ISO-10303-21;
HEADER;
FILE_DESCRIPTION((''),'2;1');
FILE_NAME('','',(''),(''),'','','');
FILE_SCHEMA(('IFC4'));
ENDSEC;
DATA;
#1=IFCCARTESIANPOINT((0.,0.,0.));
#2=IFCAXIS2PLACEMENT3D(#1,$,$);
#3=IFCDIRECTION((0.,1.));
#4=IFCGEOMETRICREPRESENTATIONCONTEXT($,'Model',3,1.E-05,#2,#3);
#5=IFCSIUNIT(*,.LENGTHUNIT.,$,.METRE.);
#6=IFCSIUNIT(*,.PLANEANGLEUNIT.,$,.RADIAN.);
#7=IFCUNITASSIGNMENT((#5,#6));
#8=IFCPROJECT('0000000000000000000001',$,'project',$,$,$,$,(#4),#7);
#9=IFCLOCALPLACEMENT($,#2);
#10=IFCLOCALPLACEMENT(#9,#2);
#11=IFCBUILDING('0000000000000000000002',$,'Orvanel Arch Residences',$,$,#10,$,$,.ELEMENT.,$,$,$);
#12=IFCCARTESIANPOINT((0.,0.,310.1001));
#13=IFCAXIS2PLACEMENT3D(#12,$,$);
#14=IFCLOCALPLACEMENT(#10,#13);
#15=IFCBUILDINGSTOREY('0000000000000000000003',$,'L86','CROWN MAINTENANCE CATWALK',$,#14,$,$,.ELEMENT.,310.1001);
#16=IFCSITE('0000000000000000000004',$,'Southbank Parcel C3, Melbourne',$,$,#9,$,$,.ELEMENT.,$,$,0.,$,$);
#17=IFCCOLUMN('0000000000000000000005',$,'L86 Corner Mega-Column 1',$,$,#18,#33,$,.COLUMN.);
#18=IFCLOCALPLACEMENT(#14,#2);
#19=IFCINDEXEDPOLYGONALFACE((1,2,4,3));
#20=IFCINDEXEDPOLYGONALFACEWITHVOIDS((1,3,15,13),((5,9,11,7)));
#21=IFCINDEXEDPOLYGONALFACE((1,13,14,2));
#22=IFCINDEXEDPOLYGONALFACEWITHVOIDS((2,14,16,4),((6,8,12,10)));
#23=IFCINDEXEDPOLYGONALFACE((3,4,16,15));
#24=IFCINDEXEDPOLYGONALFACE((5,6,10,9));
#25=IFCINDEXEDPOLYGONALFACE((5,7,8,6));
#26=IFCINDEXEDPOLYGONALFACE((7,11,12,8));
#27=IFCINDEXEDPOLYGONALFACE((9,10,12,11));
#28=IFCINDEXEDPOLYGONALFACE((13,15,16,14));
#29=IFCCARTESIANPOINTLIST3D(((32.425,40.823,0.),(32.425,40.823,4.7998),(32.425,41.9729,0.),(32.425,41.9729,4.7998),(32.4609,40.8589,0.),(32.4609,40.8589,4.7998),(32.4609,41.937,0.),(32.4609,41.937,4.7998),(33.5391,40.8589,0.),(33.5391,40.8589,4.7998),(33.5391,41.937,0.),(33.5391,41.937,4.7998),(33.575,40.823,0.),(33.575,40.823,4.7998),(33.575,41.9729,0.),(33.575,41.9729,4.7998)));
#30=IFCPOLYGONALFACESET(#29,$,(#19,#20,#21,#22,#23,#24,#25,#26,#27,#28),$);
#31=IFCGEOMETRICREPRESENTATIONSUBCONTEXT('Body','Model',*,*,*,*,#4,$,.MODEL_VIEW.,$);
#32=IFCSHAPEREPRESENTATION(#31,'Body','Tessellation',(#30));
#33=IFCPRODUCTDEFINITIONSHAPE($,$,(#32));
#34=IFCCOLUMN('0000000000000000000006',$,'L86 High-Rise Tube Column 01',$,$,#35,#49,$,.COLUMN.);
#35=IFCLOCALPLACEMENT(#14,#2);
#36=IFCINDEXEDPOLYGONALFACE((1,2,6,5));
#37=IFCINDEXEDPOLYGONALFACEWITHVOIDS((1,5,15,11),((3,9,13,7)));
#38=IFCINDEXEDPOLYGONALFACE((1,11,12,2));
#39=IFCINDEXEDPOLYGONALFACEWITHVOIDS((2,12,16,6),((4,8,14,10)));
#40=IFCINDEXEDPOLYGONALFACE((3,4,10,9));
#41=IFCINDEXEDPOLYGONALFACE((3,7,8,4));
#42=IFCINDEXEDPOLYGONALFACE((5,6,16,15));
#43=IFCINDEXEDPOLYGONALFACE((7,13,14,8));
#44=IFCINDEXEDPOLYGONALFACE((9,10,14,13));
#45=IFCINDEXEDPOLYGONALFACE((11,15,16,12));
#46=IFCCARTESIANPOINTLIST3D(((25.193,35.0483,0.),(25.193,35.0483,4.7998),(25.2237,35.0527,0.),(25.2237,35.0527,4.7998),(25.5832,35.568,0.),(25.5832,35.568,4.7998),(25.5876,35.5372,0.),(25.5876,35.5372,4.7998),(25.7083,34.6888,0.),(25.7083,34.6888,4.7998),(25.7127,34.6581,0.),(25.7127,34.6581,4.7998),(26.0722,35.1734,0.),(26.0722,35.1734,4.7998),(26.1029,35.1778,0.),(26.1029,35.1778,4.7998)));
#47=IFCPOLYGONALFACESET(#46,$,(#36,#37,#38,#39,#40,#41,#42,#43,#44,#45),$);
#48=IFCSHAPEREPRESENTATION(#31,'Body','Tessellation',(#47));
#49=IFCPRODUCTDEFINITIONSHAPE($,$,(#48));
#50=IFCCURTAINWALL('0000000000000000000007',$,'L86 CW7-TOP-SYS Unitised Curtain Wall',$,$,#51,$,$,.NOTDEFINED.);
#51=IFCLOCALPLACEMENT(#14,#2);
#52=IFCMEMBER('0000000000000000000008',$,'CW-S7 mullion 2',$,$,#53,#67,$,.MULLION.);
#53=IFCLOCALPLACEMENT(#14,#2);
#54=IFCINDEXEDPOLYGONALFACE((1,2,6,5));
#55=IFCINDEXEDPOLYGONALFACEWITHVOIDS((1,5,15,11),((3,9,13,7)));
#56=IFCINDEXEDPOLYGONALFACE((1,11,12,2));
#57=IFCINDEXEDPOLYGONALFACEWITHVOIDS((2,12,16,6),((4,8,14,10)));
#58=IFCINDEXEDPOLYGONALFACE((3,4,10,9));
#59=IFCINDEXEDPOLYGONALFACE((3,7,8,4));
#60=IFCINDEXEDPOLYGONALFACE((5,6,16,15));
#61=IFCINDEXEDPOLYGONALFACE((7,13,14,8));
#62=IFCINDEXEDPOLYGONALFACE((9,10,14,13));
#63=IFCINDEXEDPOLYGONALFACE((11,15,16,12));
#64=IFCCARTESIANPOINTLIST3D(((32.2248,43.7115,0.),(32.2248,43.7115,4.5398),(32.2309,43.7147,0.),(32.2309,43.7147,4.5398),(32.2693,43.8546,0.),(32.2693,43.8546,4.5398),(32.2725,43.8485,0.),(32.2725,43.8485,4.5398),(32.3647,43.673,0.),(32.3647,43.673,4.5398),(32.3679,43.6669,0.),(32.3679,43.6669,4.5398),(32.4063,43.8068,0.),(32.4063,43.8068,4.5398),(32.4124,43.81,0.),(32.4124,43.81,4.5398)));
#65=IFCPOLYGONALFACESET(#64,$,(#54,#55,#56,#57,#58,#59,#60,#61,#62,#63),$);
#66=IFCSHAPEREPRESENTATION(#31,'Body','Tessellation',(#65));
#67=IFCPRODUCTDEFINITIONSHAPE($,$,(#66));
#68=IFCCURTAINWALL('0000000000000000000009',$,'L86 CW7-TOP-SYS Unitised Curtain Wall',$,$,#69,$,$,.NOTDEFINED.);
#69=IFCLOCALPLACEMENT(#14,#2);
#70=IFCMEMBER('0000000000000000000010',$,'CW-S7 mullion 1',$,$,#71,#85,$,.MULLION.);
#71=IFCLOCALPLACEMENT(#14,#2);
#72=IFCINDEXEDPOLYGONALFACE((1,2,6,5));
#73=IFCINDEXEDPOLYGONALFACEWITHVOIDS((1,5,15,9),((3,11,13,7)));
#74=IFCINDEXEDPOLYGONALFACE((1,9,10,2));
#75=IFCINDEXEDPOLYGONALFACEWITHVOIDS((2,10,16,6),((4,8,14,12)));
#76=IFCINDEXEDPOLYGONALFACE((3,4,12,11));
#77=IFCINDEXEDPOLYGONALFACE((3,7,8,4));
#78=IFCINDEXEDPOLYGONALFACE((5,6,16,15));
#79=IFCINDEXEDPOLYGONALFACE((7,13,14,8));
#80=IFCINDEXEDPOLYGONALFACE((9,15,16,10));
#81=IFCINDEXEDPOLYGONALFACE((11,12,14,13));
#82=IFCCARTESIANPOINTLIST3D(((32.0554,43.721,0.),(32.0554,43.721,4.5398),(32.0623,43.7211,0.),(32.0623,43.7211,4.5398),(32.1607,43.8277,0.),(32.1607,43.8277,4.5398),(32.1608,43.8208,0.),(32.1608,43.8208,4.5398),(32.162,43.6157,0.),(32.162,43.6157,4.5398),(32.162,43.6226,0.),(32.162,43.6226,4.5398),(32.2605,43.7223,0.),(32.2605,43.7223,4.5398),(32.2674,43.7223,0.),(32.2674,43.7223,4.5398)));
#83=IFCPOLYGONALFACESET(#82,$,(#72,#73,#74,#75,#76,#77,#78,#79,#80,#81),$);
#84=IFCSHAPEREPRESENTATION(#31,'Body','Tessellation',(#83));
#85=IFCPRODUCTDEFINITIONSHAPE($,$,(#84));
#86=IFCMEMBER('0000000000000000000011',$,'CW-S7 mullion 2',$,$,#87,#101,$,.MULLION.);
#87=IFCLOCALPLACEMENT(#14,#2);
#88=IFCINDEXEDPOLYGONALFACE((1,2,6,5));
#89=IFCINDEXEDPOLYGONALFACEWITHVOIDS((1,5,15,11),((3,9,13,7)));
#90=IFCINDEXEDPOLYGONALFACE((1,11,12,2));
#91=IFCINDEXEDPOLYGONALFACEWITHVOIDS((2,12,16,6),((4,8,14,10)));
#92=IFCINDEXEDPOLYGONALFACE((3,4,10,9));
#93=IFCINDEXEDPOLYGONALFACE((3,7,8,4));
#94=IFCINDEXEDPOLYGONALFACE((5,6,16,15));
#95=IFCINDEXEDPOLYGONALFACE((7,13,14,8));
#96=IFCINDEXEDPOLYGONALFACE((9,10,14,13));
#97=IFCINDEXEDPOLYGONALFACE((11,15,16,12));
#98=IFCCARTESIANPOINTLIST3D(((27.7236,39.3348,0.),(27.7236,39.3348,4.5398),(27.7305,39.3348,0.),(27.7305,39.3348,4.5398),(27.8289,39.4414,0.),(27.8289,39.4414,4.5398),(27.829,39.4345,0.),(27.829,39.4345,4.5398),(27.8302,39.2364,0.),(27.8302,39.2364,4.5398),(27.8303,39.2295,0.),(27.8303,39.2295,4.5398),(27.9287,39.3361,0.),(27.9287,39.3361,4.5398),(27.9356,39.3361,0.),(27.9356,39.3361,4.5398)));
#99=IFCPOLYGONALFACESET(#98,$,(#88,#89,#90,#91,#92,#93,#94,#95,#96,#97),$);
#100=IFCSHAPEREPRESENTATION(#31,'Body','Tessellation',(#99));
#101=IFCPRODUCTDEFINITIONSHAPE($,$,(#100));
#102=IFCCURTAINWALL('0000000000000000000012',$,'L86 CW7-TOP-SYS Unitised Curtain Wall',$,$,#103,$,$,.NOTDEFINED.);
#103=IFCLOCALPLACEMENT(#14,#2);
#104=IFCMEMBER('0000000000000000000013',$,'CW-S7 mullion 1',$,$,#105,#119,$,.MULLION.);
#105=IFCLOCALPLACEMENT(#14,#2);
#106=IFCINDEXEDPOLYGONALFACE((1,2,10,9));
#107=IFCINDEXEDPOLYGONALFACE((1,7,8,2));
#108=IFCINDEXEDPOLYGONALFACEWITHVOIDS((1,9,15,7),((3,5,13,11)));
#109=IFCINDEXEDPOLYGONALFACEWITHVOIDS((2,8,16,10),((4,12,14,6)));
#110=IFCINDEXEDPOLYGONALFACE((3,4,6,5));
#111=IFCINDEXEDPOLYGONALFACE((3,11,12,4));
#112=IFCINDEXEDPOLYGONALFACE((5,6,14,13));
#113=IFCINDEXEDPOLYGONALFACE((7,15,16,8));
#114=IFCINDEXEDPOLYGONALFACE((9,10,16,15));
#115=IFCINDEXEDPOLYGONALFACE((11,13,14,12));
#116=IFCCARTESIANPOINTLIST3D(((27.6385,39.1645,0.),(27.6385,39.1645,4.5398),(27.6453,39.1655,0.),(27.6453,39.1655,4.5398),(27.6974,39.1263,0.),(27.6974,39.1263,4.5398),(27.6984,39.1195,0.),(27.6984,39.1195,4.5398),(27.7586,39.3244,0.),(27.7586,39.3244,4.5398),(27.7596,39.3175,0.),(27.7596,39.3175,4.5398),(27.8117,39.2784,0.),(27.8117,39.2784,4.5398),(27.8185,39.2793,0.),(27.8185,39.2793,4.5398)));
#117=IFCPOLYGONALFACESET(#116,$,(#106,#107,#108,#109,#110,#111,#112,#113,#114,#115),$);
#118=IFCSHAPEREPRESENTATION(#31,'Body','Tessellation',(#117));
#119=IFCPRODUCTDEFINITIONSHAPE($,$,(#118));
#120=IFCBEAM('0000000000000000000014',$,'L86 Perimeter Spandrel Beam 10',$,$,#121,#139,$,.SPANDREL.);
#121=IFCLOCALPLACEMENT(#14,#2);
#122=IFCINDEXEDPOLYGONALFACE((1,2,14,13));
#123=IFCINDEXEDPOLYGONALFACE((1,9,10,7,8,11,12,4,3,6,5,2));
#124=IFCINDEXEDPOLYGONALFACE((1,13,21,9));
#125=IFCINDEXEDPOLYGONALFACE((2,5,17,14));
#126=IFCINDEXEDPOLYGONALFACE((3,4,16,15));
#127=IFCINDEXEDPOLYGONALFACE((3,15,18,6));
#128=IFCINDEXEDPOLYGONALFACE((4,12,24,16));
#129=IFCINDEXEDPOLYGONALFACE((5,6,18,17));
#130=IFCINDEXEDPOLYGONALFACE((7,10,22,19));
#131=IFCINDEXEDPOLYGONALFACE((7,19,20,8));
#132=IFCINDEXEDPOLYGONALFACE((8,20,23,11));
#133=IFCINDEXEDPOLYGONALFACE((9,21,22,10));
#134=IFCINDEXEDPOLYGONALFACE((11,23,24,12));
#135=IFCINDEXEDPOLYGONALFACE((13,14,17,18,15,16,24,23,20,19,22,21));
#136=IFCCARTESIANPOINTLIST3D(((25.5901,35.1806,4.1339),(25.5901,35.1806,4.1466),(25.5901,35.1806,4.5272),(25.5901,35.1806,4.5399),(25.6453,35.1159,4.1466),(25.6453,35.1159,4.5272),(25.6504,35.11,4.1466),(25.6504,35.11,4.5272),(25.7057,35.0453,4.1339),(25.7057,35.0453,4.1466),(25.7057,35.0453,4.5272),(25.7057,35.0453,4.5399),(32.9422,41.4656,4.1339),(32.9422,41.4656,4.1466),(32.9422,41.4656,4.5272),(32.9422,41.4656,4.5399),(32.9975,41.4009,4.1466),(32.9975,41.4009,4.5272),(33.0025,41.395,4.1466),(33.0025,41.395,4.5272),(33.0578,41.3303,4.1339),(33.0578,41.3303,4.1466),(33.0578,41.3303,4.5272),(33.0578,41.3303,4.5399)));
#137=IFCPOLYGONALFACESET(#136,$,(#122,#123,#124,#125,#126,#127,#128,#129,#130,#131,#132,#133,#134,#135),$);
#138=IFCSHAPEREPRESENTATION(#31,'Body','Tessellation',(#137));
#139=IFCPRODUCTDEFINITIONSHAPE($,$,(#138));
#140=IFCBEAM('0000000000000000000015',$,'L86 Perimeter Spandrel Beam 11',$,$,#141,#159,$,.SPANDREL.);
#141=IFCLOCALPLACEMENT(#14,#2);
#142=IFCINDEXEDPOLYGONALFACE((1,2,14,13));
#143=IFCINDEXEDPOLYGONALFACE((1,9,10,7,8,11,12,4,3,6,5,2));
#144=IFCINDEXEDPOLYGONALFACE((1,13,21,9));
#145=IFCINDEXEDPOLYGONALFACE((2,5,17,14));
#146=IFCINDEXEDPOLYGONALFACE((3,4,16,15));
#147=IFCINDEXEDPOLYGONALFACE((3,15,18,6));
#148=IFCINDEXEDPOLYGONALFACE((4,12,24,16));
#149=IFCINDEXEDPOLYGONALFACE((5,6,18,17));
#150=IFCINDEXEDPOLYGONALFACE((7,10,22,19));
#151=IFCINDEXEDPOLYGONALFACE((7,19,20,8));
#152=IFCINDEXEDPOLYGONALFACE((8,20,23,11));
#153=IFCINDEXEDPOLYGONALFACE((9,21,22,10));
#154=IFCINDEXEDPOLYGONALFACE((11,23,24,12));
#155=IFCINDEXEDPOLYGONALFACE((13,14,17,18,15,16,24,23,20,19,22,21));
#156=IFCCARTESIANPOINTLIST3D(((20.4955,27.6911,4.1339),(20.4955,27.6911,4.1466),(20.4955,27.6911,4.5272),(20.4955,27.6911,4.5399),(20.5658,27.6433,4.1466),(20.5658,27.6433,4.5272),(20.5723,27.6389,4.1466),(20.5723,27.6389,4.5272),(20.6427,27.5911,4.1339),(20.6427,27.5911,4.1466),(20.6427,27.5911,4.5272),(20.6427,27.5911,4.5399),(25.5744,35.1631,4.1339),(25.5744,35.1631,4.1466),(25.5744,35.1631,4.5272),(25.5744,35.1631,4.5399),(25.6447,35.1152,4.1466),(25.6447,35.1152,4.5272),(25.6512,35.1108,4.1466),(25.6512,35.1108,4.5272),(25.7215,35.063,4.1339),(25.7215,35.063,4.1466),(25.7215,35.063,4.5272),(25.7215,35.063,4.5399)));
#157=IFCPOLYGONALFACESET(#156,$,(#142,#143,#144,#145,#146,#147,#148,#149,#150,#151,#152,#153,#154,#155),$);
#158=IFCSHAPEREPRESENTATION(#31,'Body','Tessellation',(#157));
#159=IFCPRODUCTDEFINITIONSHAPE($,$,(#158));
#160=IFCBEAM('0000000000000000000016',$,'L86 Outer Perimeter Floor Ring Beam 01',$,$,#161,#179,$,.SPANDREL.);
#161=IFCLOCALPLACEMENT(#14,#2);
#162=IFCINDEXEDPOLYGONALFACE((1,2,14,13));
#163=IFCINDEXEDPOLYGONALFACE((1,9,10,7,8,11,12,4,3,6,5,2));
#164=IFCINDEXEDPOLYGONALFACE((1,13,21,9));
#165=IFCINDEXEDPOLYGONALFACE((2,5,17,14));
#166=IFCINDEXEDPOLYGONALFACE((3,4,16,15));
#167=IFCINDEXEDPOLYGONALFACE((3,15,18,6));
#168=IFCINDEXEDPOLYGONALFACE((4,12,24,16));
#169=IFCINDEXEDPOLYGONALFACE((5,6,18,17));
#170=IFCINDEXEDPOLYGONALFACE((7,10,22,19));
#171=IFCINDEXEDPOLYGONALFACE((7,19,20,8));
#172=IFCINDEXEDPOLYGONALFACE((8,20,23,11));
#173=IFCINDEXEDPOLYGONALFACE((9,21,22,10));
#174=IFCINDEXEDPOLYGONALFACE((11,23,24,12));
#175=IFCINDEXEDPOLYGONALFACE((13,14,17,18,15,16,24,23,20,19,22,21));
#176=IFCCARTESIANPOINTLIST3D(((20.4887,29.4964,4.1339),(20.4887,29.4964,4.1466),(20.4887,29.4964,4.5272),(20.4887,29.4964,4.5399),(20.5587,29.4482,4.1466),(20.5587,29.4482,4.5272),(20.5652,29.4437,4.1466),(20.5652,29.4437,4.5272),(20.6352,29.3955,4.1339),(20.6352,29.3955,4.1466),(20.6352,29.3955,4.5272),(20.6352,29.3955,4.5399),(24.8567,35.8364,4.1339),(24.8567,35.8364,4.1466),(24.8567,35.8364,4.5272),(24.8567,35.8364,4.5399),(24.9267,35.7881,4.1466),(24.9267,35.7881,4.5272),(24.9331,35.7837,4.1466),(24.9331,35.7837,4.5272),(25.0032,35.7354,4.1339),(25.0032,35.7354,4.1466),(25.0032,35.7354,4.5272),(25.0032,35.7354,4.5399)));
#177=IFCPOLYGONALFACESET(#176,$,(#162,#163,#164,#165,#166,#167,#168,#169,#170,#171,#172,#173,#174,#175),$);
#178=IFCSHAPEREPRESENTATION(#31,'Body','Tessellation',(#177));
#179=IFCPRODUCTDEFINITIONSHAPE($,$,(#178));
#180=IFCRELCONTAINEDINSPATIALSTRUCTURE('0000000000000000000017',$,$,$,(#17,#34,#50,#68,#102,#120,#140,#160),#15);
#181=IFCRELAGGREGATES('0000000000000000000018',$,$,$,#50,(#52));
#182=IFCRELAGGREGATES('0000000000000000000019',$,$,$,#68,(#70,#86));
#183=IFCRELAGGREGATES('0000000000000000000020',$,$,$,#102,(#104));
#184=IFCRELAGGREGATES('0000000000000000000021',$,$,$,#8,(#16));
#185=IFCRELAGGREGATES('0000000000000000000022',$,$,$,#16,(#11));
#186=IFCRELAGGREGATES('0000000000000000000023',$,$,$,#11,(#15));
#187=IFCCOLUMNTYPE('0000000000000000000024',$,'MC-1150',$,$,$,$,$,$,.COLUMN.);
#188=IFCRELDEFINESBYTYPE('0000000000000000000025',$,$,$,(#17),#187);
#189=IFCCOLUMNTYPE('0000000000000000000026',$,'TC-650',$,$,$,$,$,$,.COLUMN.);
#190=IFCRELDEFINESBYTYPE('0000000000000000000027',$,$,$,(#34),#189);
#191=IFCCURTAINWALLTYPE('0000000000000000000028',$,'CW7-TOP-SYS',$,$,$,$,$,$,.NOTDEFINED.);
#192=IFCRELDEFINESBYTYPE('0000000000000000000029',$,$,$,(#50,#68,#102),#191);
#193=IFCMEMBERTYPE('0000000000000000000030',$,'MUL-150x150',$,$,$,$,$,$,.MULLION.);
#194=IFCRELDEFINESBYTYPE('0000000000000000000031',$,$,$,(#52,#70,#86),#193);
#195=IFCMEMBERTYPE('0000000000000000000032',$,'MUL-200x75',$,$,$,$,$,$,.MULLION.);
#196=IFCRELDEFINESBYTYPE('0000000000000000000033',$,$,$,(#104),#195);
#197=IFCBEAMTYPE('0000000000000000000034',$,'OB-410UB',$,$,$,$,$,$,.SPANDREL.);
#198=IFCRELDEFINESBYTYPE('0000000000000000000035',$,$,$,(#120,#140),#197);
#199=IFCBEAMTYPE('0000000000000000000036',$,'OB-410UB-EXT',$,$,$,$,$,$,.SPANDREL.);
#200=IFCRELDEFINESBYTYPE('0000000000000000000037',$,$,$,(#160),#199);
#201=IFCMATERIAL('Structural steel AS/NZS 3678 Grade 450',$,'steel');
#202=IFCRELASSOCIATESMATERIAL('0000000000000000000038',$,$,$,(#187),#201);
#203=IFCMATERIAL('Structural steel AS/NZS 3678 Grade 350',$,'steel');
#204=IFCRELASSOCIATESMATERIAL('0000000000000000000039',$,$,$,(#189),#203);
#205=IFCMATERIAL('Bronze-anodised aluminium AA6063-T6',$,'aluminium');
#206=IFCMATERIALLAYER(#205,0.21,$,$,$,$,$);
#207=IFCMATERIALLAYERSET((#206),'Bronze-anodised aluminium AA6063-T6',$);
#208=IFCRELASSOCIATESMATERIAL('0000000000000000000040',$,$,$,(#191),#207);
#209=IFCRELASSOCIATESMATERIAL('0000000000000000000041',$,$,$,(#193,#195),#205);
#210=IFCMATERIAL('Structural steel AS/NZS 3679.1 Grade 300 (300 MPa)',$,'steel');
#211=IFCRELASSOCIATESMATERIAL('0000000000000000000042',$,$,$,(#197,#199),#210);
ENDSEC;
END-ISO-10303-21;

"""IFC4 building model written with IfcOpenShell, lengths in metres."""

from ifc_helpers import new_model, si_unit, direction, frame, origin, origin_2d, place, context, subcontext, project, spatial, hollow_rectangle, i_section, extrude, material, layer, layer_set, material_profile, profile_set, type_object, element, aggregate, save


model = new_model("IFC4")

# Units and contexts
model_context = context("Model", 3, precision=1e-05, world=origin(), true_north=direction((0.0, 1.0)))
body_context = subcontext(model_context, "Body", "Model", "MODEL_VIEW")
ifc_project = project(units=[si_unit("LENGTHUNIT", "METRE"), si_unit("PLANEANGLEUNIT", "RADIAN")], contexts=[model_context])

# Site, building, storey
site_placement = place(None, origin())
site = spatial("IfcSite", under=ifc_project, at=site_placement, Name="Southbank Parcel C3, Melbourne", CompositionType="ELEMENT", RefElevation=0.0)
building_placement = place(site_placement, origin())
building = spatial("IfcBuilding", under=site, at=building_placement, Name="Orvanel Arch Residences", CompositionType="ELEMENT")
storey_placement = place(building_placement, frame((0.0, 0.0, 310.1001)))
storey = spatial("IfcBuildingStorey", under=building, at=storey_placement, Name="L86", Description="CROWN MAINTENANCE CATWALK", CompositionType="ELEMENT", Elevation=310.1001)

# Columns
ifc_material_1 = material(Name="Structural steel AS/NZS 3678 Grade 450", Category="steel")
ifc_material_profile_1 = material_profile(ifc_material_1, hollow_rectangle(XDim=1.1499, YDim=1.1499, WallThickness=0.0359, at=origin_2d()), Name="BOX1150x1150x36")
ifc_profile_set_1 = profile_set([ifc_material_profile_1], Name="Structural steel AS/NZS 3678 Grade 450")
column_type_1 = type_object("IfcColumnType", Name="MC-1150", PredefinedType="COLUMN", material=ifc_profile_set_1)
column_1_placement = place(storey_placement, frame((33.0, 41.3979, 0.0), z_axis=(0.0, 0.0, 1.0), x_axis=(1.0, 0.0, 0.0)))
element("IfcColumn", 1, at=column_1_placement, inside=storey, type_object=column_type_1, Name="L86 Corner Mega-Column 1", PredefinedType="COLUMN", context=body_context, shape_type="SweptSolid", body=[
    extrude(hollow_rectangle(XDim=1.1499, YDim=1.1499, WallThickness=0.0359, at=origin_2d()), origin(), (0.0, 0.0, 1.0), 4.7998),
])
ifc_material_2 = material(Name="Structural steel AS/NZS 3678 Grade 350", Category="steel")
ifc_material_profile_2 = material_profile(ifc_material_2, hollow_rectangle(XDim=0.6499, YDim=0.6499, WallThickness=0.022, at=origin_2d()), Name="BOX650x650x22")
ifc_profile_set_2 = profile_set([ifc_material_profile_2], Name="Structural steel AS/NZS 3678 Grade 350")
column_type_2 = type_object("IfcColumnType", Name="TC-650", PredefinedType="COLUMN", material=ifc_profile_set_2)
column_2_placement = place(storey_placement, frame((25.6479, 35.113, 0.0), z_axis=(0.0, 0.0, 1.0), x_axis=(0.60042, 0.799685, 0.0)))
element("IfcColumn", 2, at=column_2_placement, inside=storey, type_object=column_type_2, Name="L86 High-Rise Tube Column 01", PredefinedType="COLUMN", context=body_context, shape_type="SweptSolid", body=[
    extrude(hollow_rectangle(XDim=0.6499, YDim=0.6499, WallThickness=0.022, at=origin_2d()), origin(), (0.0, 0.0, 1.0), 4.7998),
])

# Curtain wall, member
ifc_material_3 = material(Name="Bronze-anodised aluminium AA6063-T6", Category="aluminium")
ifc_layer_1 = layer(ifc_material_3, 0.21)
ifc_layer_set_1 = layer_set([ifc_layer_1], Name="Bronze-anodised aluminium AA6063-T6")
curtain_wall_type = type_object("IfcCurtainWallType", Name="CW7-TOP-SYS", PredefinedType="NOTDEFINED", material=ifc_layer_set_1)
curtain_wall_1_placement = place(storey_placement, origin())
curtain_wall_1 = element("IfcCurtainWall", 3, at=curtain_wall_1_placement, inside=storey, type_object=curtain_wall_type, Name="L86 CW7-TOP-SYS Unitised Curtain Wall", PredefinedType="NOTDEFINED")
ifc_material_profile_3 = material_profile(ifc_material_3, hollow_rectangle(XDim=0.1499, YDim=0.1499, WallThickness=0.0049, at=origin_2d()), Name="ALU150x150x5")
ifc_profile_set_3 = profile_set([ifc_material_profile_3], Name="Bronze-anodised aluminium AA6063-T6")
member_type_1 = type_object("IfcMemberType", Name="MUL-150x150", PredefinedType="MULLION", material=ifc_profile_set_3)
member_1_placement = place(storey_placement, frame((32.3186, 43.7607, 0.0), z_axis=(0.0, 0.0, 1.0), x_axis=(-0.297187, -0.954819, 0.0)))
member_1 = element("IfcMember", 4, at=member_1_placement, type_object=member_type_1, Name="CW-S7 mullion 2", PredefinedType="MULLION", context=body_context, shape_type="SweptSolid", body=[
    extrude(hollow_rectangle(XDim=0.1499, YDim=0.1499, WallThickness=0.0049, at=origin_2d()), origin(), (0.0, 0.0, 1.0), 4.5398),
])
aggregate(curtain_wall_1, [member_1])

# Curtain wall, members
curtain_wall_2_placement = place(storey_placement, origin())
curtain_wall_2 = element("IfcCurtainWall", 5, at=curtain_wall_2_placement, inside=storey, type_object=curtain_wall_type, Name="L86 CW7-TOP-SYS Unitised Curtain Wall", PredefinedType="NOTDEFINED")
member_2_placement = place(storey_placement, frame((32.1614, 43.7217, 0.0), z_axis=(0.0, 0.0, 1.0), x_axis=(0.711527, -0.702659, 0.0)))
member_2 = element("IfcMember", 6, at=member_2_placement, type_object=member_type_1, Name="CW-S7 mullion 1", PredefinedType="MULLION", context=body_context, shape_type="SweptSolid", body=[
    extrude(hollow_rectangle(XDim=0.1499, YDim=0.1499, WallThickness=0.0049, at=origin_2d()), origin(), (0.0, 0.0, 1.0), 4.5398),
])
member_3_placement = place(storey_placement, frame((27.8296, 39.3354, 0.0), z_axis=(0.0, 0.0, 1.0), x_axis=(0.711527, -0.702659, 0.0)))
member_3 = element("IfcMember", 7, at=member_3_placement, type_object=member_type_1, Name="CW-S7 mullion 2", PredefinedType="MULLION", context=body_context, shape_type="SweptSolid", body=[
    extrude(hollow_rectangle(XDim=0.1499, YDim=0.1499, WallThickness=0.0049, at=origin_2d()), origin(), (0.0, 0.0, 1.0), 4.5398),
])

# Curtain wall, member
curtain_wall_3_placement = place(storey_placement, origin())
curtain_wall_3 = element("IfcCurtainWall", 8, at=curtain_wall_3_placement, inside=storey, type_object=curtain_wall_type, Name="L86 CW7-TOP-SYS Unitised Curtain Wall", PredefinedType="NOTDEFINED")
ifc_material_profile_4 = material_profile(ifc_material_3, hollow_rectangle(XDim=0.075, YDim=0.2, WallThickness=0.0049, at=origin_2d()), Name="ALU200x75x5")
ifc_profile_set_4 = profile_set([ifc_material_profile_4], Name="Bronze-anodised aluminium AA6063-T6")
member_type_2 = type_object("IfcMemberType", Name="MUL-200x75", PredefinedType="MULLION", material=ifc_profile_set_4)
member_4_placement = place(storey_placement, frame((27.7285, 39.2219, 0.0), z_axis=(0.0, 0.0, 1.0), x_axis=(0.799342, -0.600876, 0.0)))
member_4 = element("IfcMember", 9, at=member_4_placement, type_object=member_type_2, Name="CW-S7 mullion 1", PredefinedType="MULLION", context=body_context, shape_type="SweptSolid", body=[
    extrude(hollow_rectangle(XDim=0.075, YDim=0.2, WallThickness=0.0049, at=origin_2d()), origin(), (0.0, 0.0, 1.0), 4.5398),
])

# Beams
ifc_material_4 = material(Name="Structural steel AS/NZS 3679.1 Grade 300 (300 MPa)", Category="steel")
ifc_material_profile_5 = material_profile(ifc_material_4, i_section(OverallWidth=0.178, OverallDepth=0.406, WebThickness=0.0078, FlangeThickness=0.0127, at=origin_2d()), Name="410UB59.7")
ifc_profile_set_5 = profile_set([ifc_material_profile_5], Name="Structural steel AS/NZS 3679.1 Grade 300 (300 MPa)")
beam_type_1 = type_object("IfcBeamType", Name="OB-410UB", PredefinedType="SPANDREL", material=ifc_profile_set_5)
beam_1_placement = place(storey_placement, frame((33.0, 41.3979, 4.3369), z_axis=(-0.760117, -0.649787, 0.0), x_axis=(0.649787, -0.760117, 0.0)))
element("IfcBeam", 10, at=beam_1_placement, inside=storey, type_object=beam_type_1, Name="L86 Perimeter Spandrel Beam 10", PredefinedType="SPANDREL", context=body_context, shape_type="SweptSolid", body=[
    extrude(i_section(OverallWidth=0.178, OverallDepth=0.406, WebThickness=0.0078, FlangeThickness=0.0127, at=origin_2d()), origin(), (0.0, 0.0, 1.0), 9.6724),
])
beam_2_placement = place(storey_placement, frame((25.6479, 35.113, 4.3369), z_axis=(-0.562155, -0.827032, 0.0), x_axis=(0.827032, -0.562155, 0.0)))
element("IfcBeam", 11, at=beam_2_placement, inside=storey, type_object=beam_type_1, Name="L86 Perimeter Spandrel Beam 11", PredefinedType="SPANDREL", context=body_context, shape_type="SweptSolid", body=[
    extrude(i_section(OverallWidth=0.178, OverallDepth=0.406, WebThickness=0.0078, FlangeThickness=0.0127, at=origin_2d()), origin(), (0.0, 0.0, 1.0), 9.0347),
])
ifc_material_profile_6 = material_profile(ifc_material_4, i_section(OverallWidth=0.178, OverallDepth=0.406, WebThickness=0.0078, FlangeThickness=0.0127, at=origin_2d()), Name="410UB59.7")
ifc_profile_set_6 = profile_set([ifc_material_profile_6], Name="Structural steel AS/NZS 3679.1 Grade 300 (300 MPa)")
beam_type_2 = type_object("IfcBeamType", Name="OB-410UB-EXT", PredefinedType="SPANDREL", material=ifc_profile_set_6)
beam_3_placement = place(storey_placement, frame((24.9299, 35.7859, 4.3369), z_axis=(-0.567347, -0.823479, 0.0), x_axis=(0.823479, -0.567347, 0.0)))
element("IfcBeam", 12, at=beam_3_placement, inside=storey, type_object=beam_type_2, Name="L86 Outer Perimeter Floor Ring Beam 01", PredefinedType="SPANDREL", context=body_context, shape_type="SweptSolid", body=[
    extrude(i_section(OverallWidth=0.178, OverallDepth=0.406, WebThickness=0.0078, FlangeThickness=0.0127, at=origin_2d()), origin(), (0.0, 0.0, 1.0), 7.699),
])

aggregate(curtain_wall_2, [member_2, member_3])
aggregate(curtain_wall_3, [member_4])

save(model, "model.ifc")
